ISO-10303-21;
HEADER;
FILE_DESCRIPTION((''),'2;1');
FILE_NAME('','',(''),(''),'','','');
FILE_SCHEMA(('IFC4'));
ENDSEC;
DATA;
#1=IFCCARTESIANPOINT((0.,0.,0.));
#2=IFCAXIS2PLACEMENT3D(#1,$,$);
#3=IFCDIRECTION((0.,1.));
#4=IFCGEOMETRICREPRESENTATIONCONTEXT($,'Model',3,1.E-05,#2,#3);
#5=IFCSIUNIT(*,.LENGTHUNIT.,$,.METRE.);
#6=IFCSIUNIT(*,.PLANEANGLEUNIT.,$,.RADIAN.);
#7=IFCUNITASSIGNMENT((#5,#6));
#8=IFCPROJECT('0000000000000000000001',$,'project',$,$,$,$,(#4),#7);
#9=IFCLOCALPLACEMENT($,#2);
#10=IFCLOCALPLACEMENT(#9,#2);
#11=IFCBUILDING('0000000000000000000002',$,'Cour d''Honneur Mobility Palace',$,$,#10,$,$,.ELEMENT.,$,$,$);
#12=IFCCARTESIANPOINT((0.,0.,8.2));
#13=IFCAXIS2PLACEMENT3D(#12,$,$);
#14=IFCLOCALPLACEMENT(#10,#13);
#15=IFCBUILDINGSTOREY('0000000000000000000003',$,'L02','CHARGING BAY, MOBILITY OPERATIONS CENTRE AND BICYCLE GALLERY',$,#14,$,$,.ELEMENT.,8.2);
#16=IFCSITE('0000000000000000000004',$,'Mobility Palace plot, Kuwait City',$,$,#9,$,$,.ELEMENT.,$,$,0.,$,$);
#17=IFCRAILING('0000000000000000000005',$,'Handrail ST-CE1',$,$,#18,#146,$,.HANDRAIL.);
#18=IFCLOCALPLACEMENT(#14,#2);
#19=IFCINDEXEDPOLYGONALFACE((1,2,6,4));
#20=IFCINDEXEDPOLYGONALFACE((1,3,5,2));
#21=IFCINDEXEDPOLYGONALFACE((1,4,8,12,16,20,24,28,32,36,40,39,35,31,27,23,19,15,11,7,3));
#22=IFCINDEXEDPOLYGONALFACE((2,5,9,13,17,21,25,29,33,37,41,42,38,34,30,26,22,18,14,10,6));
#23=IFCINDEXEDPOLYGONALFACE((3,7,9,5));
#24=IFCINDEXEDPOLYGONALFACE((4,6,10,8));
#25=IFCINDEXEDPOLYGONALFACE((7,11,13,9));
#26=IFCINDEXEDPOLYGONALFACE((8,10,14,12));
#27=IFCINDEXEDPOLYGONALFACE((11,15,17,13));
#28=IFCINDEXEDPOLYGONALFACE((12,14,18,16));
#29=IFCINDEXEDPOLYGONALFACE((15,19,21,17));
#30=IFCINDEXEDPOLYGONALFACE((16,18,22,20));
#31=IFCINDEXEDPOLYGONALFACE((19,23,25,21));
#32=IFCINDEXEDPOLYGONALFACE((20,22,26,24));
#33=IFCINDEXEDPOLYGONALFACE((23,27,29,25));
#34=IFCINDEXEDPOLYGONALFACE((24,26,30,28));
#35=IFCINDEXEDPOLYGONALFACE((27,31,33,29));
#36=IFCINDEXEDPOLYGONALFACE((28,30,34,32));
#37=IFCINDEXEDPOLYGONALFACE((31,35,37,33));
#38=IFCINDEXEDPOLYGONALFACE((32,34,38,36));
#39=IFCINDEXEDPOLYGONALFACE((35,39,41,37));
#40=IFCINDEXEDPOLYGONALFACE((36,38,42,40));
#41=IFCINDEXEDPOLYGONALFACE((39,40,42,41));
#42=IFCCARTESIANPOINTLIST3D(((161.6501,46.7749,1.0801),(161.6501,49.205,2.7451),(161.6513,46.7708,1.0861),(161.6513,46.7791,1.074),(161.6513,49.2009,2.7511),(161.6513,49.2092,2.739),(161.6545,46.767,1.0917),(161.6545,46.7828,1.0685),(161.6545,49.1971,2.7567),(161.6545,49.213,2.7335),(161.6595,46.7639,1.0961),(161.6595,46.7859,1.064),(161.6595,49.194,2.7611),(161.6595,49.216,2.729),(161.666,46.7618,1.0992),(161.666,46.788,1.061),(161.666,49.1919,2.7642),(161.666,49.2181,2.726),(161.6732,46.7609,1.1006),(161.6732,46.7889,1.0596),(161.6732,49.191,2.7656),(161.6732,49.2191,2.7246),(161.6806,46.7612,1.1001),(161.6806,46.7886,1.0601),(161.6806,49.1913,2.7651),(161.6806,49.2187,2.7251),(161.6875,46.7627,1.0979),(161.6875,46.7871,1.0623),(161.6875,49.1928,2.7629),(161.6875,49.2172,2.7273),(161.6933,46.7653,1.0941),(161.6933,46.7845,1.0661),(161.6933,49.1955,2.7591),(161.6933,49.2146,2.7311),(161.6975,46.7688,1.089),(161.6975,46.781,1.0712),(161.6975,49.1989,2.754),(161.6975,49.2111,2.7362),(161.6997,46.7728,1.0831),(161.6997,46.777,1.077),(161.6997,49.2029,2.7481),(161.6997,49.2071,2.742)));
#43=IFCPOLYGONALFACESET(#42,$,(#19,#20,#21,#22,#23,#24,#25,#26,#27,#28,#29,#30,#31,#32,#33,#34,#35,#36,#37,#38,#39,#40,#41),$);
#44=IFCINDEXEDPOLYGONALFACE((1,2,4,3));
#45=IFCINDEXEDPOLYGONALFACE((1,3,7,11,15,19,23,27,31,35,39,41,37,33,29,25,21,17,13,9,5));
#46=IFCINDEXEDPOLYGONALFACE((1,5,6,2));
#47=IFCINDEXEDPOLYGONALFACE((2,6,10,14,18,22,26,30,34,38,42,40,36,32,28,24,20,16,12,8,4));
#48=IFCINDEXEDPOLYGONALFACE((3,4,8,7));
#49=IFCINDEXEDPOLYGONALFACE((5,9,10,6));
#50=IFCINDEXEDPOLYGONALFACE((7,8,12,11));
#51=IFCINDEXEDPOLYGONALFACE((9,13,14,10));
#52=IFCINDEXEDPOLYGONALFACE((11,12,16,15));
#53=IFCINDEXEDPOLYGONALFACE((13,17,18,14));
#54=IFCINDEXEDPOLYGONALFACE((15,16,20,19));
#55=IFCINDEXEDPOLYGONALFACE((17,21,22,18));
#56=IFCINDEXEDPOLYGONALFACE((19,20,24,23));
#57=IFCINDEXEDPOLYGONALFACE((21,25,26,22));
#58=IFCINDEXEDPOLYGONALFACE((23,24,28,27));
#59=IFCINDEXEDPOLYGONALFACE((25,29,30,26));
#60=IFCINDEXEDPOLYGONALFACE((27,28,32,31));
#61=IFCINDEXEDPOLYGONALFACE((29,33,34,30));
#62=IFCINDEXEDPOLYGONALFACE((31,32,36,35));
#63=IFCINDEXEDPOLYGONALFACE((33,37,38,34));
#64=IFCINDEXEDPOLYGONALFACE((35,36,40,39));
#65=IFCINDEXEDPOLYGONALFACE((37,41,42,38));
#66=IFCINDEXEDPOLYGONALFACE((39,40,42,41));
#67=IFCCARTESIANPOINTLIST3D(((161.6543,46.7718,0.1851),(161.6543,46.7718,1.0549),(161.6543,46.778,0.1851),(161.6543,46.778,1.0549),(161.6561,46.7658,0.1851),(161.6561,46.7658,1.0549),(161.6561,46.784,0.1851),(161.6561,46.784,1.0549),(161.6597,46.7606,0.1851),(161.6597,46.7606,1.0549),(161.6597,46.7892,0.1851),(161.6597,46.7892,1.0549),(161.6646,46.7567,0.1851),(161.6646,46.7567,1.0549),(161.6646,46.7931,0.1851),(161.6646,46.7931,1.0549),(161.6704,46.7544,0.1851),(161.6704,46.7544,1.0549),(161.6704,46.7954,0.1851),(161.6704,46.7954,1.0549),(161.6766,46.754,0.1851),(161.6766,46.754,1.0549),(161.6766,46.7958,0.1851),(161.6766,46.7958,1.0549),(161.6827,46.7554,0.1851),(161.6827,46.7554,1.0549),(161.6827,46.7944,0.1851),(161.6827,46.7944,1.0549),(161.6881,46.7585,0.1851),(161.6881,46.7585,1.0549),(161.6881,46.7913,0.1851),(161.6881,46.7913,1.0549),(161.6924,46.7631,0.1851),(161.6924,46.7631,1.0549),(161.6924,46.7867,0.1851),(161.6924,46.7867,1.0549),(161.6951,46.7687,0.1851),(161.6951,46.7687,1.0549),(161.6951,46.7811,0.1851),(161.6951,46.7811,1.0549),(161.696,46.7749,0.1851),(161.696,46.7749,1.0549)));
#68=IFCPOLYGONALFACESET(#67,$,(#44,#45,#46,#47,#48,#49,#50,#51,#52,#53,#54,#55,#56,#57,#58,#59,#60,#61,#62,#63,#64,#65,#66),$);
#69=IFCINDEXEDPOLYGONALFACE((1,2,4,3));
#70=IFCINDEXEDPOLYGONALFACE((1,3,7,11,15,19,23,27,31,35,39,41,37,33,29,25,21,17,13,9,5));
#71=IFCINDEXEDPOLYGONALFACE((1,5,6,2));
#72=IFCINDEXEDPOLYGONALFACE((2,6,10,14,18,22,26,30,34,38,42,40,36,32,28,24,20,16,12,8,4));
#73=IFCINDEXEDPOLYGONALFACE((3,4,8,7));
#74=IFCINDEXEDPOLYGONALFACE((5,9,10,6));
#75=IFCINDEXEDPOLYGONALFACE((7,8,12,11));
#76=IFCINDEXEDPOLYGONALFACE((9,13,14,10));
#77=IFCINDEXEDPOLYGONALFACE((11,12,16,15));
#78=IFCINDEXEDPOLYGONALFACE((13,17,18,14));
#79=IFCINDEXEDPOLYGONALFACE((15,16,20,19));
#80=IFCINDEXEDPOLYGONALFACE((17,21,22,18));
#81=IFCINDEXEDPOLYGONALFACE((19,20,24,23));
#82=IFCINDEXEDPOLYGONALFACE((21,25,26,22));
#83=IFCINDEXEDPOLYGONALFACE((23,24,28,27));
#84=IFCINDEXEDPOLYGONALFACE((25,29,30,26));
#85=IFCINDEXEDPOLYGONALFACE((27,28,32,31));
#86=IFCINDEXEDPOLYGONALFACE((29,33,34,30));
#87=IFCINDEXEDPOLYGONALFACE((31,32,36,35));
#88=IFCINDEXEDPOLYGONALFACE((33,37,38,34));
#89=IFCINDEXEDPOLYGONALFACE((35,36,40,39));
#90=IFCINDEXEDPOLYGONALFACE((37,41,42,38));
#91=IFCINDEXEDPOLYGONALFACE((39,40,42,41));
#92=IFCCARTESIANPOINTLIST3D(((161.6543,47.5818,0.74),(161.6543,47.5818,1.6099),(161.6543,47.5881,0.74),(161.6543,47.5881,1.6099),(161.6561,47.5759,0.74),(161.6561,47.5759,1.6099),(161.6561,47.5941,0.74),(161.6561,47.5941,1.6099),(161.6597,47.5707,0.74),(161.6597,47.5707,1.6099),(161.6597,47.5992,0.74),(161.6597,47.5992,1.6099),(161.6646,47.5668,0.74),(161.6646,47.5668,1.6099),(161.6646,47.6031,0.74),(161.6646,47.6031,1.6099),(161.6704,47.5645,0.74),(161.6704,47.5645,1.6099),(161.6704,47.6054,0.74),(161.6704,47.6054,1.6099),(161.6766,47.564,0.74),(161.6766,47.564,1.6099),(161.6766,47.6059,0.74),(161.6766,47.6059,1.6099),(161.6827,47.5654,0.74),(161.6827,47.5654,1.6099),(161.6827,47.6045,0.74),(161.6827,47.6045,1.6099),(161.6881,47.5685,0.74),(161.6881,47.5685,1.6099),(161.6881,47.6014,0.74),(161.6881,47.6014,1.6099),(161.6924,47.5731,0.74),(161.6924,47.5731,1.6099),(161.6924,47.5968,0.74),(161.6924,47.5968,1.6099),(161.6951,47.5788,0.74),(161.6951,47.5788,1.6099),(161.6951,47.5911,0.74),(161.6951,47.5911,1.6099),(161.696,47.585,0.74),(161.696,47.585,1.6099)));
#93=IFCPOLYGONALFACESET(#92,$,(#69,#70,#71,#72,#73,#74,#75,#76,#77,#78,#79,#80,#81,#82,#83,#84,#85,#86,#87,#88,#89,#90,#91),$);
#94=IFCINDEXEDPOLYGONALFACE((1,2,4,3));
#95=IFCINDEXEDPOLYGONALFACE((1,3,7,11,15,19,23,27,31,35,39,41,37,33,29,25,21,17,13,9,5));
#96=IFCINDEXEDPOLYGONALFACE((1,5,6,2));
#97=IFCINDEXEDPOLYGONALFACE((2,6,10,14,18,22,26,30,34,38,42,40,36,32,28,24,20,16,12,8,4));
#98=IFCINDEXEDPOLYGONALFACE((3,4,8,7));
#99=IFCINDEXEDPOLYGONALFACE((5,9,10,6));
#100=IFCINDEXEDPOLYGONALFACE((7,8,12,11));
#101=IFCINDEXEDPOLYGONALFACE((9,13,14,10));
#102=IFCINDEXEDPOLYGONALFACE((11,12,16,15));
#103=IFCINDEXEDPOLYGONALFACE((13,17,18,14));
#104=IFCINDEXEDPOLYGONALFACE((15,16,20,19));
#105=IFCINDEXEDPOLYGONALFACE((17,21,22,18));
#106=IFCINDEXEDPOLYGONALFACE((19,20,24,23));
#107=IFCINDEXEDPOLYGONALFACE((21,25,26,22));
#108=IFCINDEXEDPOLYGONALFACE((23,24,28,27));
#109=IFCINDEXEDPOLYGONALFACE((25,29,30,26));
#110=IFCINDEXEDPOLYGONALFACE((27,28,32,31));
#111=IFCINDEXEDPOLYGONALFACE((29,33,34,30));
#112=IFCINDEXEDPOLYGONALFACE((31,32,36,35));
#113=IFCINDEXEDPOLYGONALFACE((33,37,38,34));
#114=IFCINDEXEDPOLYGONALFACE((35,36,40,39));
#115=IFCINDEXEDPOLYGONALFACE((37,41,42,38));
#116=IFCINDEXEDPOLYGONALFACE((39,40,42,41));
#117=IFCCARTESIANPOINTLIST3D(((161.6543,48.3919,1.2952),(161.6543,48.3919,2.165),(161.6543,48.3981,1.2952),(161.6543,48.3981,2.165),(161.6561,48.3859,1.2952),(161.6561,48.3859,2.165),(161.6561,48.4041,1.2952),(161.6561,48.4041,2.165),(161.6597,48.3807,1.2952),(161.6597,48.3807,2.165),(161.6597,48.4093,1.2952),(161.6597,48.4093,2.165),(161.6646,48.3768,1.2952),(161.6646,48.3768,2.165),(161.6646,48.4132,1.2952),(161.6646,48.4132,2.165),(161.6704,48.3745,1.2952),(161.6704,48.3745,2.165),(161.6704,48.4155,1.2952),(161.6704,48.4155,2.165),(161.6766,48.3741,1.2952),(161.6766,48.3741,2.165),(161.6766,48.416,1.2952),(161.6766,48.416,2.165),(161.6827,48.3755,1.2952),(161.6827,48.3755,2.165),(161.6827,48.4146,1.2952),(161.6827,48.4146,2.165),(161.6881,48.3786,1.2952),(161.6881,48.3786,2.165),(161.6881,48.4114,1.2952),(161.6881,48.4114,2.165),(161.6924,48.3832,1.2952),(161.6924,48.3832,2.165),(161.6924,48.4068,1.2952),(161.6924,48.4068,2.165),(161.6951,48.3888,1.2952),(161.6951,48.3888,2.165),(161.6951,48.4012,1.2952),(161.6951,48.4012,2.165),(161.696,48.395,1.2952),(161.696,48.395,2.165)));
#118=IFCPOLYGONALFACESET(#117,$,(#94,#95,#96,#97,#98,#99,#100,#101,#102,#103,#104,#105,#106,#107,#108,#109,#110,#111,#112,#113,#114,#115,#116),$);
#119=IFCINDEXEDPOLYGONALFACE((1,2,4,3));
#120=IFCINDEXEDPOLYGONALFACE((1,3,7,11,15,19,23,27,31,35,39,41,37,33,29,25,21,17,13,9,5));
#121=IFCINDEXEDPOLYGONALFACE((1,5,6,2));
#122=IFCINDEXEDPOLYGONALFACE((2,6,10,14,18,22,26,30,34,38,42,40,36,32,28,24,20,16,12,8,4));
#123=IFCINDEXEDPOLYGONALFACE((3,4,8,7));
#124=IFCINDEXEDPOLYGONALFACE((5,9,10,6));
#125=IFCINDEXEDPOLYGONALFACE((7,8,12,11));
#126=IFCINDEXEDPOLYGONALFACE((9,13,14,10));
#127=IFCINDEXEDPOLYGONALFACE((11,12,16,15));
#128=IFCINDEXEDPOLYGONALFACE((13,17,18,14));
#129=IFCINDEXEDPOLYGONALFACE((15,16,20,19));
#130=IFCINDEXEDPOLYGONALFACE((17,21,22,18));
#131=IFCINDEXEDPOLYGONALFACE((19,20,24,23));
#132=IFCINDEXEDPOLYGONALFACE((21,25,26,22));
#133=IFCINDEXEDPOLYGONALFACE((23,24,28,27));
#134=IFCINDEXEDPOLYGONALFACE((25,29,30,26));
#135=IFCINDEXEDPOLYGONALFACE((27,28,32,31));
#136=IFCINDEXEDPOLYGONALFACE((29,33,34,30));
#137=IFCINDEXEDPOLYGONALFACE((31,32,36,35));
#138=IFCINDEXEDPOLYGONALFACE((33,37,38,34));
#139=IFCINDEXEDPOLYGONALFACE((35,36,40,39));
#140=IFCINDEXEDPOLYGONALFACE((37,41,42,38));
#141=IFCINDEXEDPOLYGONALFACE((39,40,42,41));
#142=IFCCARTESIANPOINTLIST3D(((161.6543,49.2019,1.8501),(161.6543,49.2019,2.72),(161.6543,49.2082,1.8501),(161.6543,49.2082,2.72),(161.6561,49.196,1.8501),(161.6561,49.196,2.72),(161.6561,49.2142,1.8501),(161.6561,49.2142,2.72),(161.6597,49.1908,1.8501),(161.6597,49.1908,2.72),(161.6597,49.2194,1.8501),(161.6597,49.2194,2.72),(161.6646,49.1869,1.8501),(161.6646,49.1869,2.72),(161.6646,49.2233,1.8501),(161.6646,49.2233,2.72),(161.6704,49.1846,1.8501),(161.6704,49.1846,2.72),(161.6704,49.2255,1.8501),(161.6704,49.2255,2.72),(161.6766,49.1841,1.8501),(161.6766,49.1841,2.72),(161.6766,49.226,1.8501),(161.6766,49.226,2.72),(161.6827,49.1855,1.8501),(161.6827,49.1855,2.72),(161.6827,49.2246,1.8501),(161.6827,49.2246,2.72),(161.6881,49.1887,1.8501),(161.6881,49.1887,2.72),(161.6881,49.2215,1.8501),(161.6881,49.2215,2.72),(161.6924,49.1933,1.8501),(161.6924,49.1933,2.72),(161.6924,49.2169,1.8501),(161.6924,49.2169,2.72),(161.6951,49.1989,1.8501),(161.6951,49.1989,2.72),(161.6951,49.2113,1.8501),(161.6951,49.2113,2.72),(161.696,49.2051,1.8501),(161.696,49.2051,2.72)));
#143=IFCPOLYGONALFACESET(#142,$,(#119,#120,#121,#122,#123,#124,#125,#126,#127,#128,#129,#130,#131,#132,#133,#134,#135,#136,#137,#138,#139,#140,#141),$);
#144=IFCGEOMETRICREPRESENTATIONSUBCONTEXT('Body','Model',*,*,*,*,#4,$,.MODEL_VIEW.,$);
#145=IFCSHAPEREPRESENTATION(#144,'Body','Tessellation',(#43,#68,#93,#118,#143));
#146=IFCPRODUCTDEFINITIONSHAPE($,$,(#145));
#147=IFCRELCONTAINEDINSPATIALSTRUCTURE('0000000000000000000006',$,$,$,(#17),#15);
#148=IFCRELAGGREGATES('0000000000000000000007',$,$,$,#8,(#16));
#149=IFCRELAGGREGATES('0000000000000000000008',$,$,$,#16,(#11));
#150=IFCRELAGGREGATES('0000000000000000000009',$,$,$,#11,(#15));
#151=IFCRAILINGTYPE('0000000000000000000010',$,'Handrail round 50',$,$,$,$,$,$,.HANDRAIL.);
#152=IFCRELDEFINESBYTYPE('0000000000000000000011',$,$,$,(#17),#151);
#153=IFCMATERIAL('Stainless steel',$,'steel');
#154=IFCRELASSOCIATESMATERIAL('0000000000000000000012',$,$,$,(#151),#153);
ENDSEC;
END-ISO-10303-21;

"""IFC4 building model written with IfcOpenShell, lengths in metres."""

from ifc_helpers import new_model, si_unit, direction, frame, origin, origin_2d, place, context, subcontext, project, spatial, circle, extrude, material, type_object, element, save


model = new_model("IFC4")

# Units and contexts
model_context = context("Model", 3, precision=1e-05, world=origin(), true_north=direction((0.0, 1.0)))
body_context = subcontext(model_context, "Body", "Model", "MODEL_VIEW")
ifc_project = project(units=[si_unit("LENGTHUNIT", "METRE"), si_unit("PLANEANGLEUNIT", "RADIAN")], contexts=[model_context])

# Site, building, storey
site_placement = place(None, origin())
site = spatial("IfcSite", under=ifc_project, at=site_placement, Name="Mobility Palace plot, Kuwait City", CompositionType="ELEMENT", RefElevation=0.0)
building_placement = place(site_placement, origin())
building = spatial("IfcBuilding", under=site, at=building_placement, Name="Cour d'Honneur Mobility Palace", CompositionType="ELEMENT")
storey_placement = place(building_placement, frame((0.0, 0.0, 8.2)))
storey = spatial("IfcBuildingStorey", under=building, at=storey_placement, Name="L02", Description="CHARGING BAY, MOBILITY OPERATIONS CENTRE AND BICYCLE GALLERY", CompositionType="ELEMENT", Elevation=8.2)

# Railing
ifc_material_1 = material(Name="Stainless steel", Category="steel")
railing_type_1 = type_object("IfcRailingType", Name="Handrail round 50", PredefinedType="HANDRAIL", material=ifc_material_1)
for number, where, name in (
    (1, (161.675, 46.7749, 0.1851), "Handrail ST-CE1"),
):
    element("IfcRailing", number, at=place(storey_placement, frame(where)), inside=storey, type_object=railing_type_1, Name=name, PredefinedType="HANDRAIL", context=body_context, shape_type="SweptSolid", body=[
        extrude(circle(Radius=0.0249, at=origin_2d()), frame((0.0, 0.0, 0.895), z_axis=(0.0, 0.824945, 0.565213), x_axis=(-1.0, 0.0, 0.0)), (0.0, 0.0, 1.0), 2.9458),
        extrude(circle(Radius=0.021, at=origin_2d()), origin(), (0.0, 0.0, 1.0), 0.8699),
        extrude(circle(Radius=0.021, at=origin_2d()), frame((0.0, 0.8101, 0.5549)), (0.0, 0.0, 1.0), 0.8699),
        extrude(circle(Radius=0.021, at=origin_2d()), frame((0.0, 1.6201, 1.1101)), (0.0, 0.0, 1.0), 0.8699),
        extrude(circle(Radius=0.021, at=origin_2d()), frame((0.0, 2.4302, 1.665)), (0.0, 0.0, 1.0), 0.8699),
    ])

save(model, "model.ifc")
